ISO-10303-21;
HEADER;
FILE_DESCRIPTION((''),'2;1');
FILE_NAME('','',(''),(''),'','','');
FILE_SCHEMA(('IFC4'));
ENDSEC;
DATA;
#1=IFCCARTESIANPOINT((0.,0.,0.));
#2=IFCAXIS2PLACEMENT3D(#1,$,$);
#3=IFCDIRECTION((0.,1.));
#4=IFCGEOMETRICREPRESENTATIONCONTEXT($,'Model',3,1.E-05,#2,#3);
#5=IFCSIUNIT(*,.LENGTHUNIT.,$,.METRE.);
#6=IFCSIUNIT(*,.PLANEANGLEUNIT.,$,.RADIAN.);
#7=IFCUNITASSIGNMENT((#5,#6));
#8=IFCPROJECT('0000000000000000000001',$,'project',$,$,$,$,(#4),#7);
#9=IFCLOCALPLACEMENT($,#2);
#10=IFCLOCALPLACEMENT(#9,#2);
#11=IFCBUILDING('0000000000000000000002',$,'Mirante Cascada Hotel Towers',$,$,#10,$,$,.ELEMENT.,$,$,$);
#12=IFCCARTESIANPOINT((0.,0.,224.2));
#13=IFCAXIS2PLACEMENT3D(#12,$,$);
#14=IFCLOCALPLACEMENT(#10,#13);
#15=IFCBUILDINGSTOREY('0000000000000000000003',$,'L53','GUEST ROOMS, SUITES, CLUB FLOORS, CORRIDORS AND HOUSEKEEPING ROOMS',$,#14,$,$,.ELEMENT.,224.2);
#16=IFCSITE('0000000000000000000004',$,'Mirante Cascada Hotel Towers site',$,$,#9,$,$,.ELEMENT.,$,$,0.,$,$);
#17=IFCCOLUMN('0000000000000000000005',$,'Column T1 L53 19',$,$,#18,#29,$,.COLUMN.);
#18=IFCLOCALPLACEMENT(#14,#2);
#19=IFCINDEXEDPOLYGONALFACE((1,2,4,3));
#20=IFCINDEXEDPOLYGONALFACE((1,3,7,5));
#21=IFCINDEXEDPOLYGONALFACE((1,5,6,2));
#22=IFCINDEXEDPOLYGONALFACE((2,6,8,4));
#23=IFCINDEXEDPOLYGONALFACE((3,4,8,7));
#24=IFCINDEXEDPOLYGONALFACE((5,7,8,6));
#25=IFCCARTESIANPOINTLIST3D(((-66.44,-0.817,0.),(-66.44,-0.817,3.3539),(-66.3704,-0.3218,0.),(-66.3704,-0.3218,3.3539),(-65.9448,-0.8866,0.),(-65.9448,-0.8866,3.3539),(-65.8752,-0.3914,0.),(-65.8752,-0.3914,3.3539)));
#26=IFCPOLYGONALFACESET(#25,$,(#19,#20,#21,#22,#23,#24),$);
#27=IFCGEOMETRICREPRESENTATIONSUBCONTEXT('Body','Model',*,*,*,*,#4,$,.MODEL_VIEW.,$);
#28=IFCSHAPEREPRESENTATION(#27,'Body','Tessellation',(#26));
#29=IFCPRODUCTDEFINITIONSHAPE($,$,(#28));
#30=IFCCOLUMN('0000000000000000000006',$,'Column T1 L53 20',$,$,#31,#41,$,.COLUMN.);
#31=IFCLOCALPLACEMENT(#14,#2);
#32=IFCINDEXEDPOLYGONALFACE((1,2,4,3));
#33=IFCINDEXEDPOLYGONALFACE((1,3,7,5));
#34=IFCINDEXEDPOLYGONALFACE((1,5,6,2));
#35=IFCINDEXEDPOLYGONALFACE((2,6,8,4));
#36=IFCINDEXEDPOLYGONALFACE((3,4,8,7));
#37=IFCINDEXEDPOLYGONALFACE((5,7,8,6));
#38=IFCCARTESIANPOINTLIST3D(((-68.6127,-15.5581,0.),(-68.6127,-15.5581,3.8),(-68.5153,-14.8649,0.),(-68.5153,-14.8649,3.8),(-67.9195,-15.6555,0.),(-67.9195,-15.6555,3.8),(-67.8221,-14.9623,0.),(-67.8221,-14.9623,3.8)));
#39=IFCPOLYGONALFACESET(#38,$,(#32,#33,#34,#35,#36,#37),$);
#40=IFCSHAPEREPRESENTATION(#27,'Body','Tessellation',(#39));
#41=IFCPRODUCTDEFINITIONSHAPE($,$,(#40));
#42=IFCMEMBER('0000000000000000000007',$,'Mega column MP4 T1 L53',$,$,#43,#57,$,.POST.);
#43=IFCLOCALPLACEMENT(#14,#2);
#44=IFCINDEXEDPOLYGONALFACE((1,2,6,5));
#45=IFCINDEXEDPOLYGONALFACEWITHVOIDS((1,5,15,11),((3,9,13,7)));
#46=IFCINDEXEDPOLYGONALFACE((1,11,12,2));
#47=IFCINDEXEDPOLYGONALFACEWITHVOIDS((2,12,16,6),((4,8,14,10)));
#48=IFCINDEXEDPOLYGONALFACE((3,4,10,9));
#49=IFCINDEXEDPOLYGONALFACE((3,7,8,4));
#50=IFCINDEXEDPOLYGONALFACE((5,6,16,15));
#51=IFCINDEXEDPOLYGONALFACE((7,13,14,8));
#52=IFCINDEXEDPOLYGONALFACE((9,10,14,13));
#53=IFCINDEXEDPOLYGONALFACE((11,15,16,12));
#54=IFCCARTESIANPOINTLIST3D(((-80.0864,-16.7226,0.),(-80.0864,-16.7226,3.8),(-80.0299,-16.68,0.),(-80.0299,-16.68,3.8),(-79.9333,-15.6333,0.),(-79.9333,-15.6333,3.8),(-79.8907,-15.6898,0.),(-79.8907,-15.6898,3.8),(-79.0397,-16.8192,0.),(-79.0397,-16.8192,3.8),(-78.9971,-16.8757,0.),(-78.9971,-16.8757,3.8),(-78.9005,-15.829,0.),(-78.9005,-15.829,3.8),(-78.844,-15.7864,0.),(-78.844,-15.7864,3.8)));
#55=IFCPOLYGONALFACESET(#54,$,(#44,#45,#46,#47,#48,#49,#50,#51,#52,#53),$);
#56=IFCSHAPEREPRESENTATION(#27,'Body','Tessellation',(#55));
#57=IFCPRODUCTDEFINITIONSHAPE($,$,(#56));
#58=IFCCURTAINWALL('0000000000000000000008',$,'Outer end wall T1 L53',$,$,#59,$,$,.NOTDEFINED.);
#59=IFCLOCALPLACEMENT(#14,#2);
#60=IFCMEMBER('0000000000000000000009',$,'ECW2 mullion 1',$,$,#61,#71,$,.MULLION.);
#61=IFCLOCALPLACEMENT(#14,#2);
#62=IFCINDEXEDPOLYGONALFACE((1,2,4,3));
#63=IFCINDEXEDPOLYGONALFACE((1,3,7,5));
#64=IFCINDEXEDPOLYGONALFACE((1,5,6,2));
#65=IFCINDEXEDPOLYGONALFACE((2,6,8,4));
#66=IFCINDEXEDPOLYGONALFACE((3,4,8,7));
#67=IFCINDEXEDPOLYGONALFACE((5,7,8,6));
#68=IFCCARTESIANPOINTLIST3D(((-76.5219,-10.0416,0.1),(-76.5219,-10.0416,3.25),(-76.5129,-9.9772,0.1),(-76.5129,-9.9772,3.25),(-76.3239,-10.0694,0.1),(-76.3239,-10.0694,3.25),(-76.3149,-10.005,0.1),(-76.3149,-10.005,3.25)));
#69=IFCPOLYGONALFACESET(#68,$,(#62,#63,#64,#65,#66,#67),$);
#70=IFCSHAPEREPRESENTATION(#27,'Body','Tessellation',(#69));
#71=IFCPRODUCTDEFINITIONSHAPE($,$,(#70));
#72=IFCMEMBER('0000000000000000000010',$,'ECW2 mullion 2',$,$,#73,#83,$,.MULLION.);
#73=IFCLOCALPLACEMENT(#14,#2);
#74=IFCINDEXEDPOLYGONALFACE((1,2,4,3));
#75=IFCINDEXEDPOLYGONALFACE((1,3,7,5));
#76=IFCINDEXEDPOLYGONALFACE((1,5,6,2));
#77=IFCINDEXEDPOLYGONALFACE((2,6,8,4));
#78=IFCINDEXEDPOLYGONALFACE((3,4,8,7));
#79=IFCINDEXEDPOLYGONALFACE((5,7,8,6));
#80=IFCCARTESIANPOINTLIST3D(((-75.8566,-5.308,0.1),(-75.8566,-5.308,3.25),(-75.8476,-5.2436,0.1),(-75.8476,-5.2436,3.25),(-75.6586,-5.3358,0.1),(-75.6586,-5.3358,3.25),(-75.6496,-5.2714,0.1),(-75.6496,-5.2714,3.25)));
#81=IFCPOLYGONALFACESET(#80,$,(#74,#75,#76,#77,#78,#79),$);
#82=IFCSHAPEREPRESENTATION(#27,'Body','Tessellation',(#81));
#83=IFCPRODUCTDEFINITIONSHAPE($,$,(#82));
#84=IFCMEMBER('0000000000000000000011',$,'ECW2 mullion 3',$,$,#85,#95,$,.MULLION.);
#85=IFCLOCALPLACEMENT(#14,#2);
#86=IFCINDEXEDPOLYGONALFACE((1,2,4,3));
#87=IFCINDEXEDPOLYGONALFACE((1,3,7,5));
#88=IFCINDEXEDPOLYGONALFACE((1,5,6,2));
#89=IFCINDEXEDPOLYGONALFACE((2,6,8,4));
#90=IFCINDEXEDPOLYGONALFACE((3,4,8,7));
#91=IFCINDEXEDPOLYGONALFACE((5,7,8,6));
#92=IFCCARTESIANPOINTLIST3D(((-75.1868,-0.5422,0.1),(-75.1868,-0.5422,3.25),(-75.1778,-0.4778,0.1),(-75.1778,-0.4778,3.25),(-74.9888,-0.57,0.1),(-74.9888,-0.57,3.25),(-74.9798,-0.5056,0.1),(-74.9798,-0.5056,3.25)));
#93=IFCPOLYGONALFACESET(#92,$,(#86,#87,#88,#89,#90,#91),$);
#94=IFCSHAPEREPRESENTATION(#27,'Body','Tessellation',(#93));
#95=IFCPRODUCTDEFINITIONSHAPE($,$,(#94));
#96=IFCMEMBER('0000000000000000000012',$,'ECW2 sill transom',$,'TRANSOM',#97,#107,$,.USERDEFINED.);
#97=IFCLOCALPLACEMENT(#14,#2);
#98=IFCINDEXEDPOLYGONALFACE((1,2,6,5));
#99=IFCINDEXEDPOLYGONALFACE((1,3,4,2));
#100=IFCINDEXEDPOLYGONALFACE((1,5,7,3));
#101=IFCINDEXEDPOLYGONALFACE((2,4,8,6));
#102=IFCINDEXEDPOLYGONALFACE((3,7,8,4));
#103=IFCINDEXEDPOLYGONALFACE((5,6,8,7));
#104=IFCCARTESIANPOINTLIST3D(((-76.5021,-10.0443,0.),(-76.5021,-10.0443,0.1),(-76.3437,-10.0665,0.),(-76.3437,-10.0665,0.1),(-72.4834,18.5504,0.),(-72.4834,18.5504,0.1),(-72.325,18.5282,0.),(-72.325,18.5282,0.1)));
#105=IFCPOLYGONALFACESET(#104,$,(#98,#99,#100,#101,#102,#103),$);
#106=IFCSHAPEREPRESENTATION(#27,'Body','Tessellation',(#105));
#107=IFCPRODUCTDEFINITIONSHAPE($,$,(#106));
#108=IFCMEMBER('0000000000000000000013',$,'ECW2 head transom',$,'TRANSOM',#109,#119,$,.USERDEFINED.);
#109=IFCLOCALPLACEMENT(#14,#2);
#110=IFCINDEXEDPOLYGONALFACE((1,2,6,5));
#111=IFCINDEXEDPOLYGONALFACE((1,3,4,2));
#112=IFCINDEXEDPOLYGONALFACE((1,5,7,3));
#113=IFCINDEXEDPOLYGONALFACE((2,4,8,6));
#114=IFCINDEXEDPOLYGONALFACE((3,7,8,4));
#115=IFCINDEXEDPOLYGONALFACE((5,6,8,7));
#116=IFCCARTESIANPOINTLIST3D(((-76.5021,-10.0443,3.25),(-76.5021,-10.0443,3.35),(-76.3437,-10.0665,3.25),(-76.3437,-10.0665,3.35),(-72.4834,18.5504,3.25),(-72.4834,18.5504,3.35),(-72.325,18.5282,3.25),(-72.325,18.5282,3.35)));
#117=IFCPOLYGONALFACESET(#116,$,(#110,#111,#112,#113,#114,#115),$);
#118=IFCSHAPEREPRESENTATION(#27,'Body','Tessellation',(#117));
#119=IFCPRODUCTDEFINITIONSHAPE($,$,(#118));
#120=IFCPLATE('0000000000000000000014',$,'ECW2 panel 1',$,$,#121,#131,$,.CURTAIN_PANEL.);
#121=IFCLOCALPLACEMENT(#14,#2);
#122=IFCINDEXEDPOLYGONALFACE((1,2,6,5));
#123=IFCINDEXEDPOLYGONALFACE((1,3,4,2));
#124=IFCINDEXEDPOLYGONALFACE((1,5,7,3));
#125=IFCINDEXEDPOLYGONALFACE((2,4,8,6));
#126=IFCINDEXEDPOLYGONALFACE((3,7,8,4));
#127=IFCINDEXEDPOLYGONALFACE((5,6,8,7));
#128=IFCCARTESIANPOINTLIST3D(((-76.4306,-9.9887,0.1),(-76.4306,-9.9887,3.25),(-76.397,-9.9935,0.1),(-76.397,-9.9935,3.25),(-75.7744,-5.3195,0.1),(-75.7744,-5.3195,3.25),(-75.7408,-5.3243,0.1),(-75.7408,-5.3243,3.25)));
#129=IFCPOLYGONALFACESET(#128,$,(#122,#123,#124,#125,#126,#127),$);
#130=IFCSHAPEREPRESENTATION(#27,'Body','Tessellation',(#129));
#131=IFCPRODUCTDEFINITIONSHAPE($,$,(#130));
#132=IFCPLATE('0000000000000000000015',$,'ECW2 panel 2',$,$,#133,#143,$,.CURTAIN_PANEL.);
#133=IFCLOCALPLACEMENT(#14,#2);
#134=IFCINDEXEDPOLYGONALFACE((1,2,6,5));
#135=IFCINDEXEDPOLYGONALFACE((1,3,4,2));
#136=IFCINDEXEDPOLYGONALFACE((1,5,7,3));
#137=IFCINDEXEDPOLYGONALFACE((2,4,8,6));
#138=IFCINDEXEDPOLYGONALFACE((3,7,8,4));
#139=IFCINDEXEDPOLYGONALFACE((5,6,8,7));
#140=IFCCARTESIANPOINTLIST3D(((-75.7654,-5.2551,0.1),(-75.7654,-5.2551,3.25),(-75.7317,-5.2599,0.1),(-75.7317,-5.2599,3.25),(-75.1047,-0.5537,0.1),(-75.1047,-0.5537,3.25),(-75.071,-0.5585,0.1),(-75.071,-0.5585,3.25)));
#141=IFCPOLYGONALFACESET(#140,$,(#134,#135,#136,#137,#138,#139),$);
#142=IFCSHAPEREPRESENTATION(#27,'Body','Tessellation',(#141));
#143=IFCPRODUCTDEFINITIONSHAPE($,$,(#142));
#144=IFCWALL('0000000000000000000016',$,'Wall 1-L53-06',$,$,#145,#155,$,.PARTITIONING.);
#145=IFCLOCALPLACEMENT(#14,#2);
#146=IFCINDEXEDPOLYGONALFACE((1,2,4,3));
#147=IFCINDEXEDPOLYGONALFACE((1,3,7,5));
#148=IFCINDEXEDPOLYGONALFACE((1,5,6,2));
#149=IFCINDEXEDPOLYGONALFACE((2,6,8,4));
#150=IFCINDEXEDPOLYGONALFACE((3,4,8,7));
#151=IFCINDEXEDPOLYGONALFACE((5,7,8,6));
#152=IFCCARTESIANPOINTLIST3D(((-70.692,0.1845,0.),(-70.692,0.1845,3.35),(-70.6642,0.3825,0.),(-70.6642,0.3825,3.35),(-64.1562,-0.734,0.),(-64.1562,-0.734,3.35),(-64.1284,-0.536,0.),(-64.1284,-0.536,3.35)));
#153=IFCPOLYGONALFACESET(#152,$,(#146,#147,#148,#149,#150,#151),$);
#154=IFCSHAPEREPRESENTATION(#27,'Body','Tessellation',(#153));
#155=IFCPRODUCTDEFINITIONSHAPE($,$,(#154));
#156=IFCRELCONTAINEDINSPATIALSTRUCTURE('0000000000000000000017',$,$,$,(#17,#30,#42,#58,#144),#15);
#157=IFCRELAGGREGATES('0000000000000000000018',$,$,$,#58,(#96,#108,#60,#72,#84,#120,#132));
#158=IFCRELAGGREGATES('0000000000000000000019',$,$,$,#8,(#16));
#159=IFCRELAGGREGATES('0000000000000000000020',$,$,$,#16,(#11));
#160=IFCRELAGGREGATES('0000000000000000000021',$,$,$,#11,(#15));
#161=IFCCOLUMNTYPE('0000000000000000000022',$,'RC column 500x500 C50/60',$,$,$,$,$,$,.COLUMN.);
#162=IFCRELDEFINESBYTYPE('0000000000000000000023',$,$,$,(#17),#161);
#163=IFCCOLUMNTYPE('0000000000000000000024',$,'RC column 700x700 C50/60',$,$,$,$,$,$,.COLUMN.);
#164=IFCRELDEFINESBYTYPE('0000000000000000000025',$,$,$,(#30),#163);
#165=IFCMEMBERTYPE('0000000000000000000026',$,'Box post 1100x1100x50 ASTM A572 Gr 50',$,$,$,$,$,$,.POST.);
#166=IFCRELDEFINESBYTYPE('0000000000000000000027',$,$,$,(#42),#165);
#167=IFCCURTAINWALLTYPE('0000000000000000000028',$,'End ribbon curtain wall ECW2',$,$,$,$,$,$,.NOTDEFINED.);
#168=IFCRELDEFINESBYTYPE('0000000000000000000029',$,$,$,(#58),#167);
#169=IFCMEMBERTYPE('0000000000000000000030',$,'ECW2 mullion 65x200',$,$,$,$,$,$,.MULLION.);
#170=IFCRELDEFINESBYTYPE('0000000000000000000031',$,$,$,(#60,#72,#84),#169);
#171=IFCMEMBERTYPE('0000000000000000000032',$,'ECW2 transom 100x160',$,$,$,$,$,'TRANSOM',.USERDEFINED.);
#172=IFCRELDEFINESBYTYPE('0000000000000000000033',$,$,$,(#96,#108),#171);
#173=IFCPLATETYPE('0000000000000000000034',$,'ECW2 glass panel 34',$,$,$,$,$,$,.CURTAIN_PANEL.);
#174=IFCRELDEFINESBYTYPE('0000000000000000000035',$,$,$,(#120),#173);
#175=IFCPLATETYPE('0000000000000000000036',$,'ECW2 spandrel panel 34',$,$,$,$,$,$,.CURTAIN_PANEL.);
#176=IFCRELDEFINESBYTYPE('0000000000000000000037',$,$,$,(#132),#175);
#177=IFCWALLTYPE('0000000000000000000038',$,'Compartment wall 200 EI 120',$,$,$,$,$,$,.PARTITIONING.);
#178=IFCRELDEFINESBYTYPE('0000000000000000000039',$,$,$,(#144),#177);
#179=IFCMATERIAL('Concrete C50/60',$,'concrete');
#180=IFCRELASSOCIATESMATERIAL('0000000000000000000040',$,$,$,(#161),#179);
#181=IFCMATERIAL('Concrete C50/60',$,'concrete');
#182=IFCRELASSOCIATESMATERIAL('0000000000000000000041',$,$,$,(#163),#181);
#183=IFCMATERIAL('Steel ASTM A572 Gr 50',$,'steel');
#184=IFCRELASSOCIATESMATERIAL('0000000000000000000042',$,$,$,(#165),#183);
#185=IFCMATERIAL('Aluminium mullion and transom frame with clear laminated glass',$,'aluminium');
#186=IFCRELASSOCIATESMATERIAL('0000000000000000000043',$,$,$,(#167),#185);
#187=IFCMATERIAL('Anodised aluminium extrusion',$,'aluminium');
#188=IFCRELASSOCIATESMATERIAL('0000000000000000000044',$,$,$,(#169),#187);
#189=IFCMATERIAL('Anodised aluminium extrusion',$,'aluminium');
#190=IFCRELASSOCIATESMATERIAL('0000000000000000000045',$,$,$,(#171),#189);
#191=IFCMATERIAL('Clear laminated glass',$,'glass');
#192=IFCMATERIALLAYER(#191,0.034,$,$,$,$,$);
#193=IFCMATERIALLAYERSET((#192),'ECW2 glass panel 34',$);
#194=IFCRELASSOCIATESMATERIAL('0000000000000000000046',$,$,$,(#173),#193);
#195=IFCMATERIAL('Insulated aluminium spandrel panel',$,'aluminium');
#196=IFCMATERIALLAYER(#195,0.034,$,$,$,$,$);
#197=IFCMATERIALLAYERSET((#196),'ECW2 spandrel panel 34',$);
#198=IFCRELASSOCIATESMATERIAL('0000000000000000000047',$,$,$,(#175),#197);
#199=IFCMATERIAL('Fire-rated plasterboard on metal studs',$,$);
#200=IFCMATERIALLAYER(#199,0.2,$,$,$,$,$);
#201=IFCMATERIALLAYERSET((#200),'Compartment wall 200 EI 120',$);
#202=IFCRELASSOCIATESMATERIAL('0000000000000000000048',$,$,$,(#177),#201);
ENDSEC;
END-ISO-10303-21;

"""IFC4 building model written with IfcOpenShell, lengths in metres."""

from ifc_helpers import new_model, si_unit, direction, frame, frame_2d, origin, origin_2d, place, context, subcontext, project, spatial, rectangle, hollow_rectangle, extrude, material, layer, layer_set, material_profile, profile_set, type_object, element, aggregate, save


model = new_model("IFC4")

# Units and contexts
model_context = context("Model", 3, precision=1e-05, world=origin(), true_north=direction((0.0, 1.0)))
body_context = subcontext(model_context, "Body", "Model", "MODEL_VIEW")
ifc_project = project(units=[si_unit("LENGTHUNIT", "METRE"), si_unit("PLANEANGLEUNIT", "RADIAN")], contexts=[model_context])

# Site, building, storey
site_placement = place(None, origin())
site = spatial("IfcSite", under=ifc_project, at=site_placement, Name="Mirante Cascada Hotel Towers site", CompositionType="ELEMENT", RefElevation=0.0)
building_placement = place(site_placement, origin())
building = spatial("IfcBuilding", under=site, at=building_placement, Name="Mirante Cascada Hotel Towers", CompositionType="ELEMENT")
storey_placement = place(building_placement, frame((0.0, 0.0, 224.2)))
storey = spatial("IfcBuildingStorey", under=building, at=storey_placement, Name="L53", Description="GUEST ROOMS, SUITES, CLUB FLOORS, CORRIDORS AND HOUSEKEEPING ROOMS", CompositionType="ELEMENT", Elevation=224.2)

# Columns
ifc_material_1 = material(Name="Concrete C50/60", Category="concrete")
ifc_material_profile_1 = material_profile(ifc_material_1, rectangle(XDim=0.5, YDim=0.5, at=origin_2d()), Name="RC column 500x500 C50/60")
ifc_profile_set_1 = profile_set([ifc_material_profile_1], Name="Concrete C50/60")
column_type_1 = type_object("IfcColumnType", Name="RC column 500x500 C50/60", PredefinedType="COLUMN", material=ifc_profile_set_1)
column_1_placement = place(storey_placement, frame((-66.1576, -0.6042, 0.0), z_axis=(0.0, 0.0, 1.0), x_axis=(-0.990268, 0.139173, 0.0)))
element("IfcColumn", 1, at=column_1_placement, inside=storey, type_object=column_type_1, Name="Column T1 L53 19", PredefinedType="COLUMN", context=body_context, shape_type="SweptSolid", body=[
    extrude(rectangle(XDim=0.5, YDim=0.5, at=origin_2d()), origin(), (0.0, 0.0, 1.0), 3.3539),
])
ifc_material_2 = material(Name="Concrete C50/60", Category="concrete")
ifc_material_profile_2 = material_profile(ifc_material_2, rectangle(XDim=0.7, YDim=0.7, at=origin_2d()), Name="RC column 700x700 C50/60")
ifc_profile_set_2 = profile_set([ifc_material_profile_2], Name="Concrete C50/60")
column_type_2 = type_object("IfcColumnType", Name="RC column 700x700 C50/60", PredefinedType="COLUMN", material=ifc_profile_set_2)
column_2_placement = place(storey_placement, frame((-68.2174, -15.2602, 0.0), z_axis=(0.0, 0.0, 1.0), x_axis=(-0.990268, 0.139173, 0.0)))
element("IfcColumn", 2, at=column_2_placement, inside=storey, type_object=column_type_2, Name="Column T1 L53 20", PredefinedType="COLUMN", context=body_context, shape_type="SweptSolid", body=[
    extrude(rectangle(XDim=0.7, YDim=0.7, at=origin_2d()), origin(), (0.0, 0.0, 1.0), 3.8),
])

# Member
ifc_material_3 = material(Name="Steel ASTM A572 Gr 50", Category="steel")
ifc_material_profile_3 = material_profile(ifc_material_3, hollow_rectangle(XDim=1.1, YDim=1.1, WallThickness=0.05, at=origin_2d()), Name="Box post 1100x1100x50 ASTM A572 Gr 50")
ifc_profile_set_3 = profile_set([ifc_material_profile_3], Name="Steel ASTM A572 Gr 50")
member_type_1 = type_object("IfcMemberType", Name="Box post 1100x1100x50 ASTM A572 Gr 50", PredefinedType="POST", material=ifc_profile_set_3)
member_1_placement = place(storey_placement, frame((-79.4652, -16.2545, 0.0), z_axis=(0.0, 0.0, 1.0), x_axis=(-0.990268, 0.139173, 0.0)))
element("IfcMember", 3, at=member_1_placement, inside=storey, type_object=member_type_1, Name="Mega column MP4 T1 L53", PredefinedType="POST", context=body_context, shape_type="SweptSolid", body=[
    extrude(hollow_rectangle(XDim=1.1, YDim=1.1, WallThickness=0.05, at=origin_2d()), origin(), (0.0, 0.0, 1.0), 3.8),
])

# Curtain wall, members, plates
ifc_material_4 = material(Name="Aluminium mullion and transom frame with clear laminated glass", Category="aluminium")
curtain_wall_type = type_object("IfcCurtainWallType", Name="End ribbon curtain wall ECW2", PredefinedType="NOTDEFINED", material=ifc_material_4)
curtain_wall_placement = place(storey_placement, origin())
curtain_wall = element("IfcCurtainWall", 4, at=curtain_wall_placement, inside=storey, type_object=curtain_wall_type, Name="Outer end wall T1 L53", PredefinedType="NOTDEFINED")
ifc_material_5 = material(Name="Anodised aluminium extrusion", Category="aluminium")
ifc_material_profile_4 = material_profile(ifc_material_5, rectangle(XDim=0.2, YDim=0.065, at=origin_2d()), Name="ECW2 MULLION 65x200")
ifc_profile_set_4 = profile_set([ifc_material_profile_4], Name="Anodised aluminium extrusion")
member_type_2 = type_object("IfcMemberType", Name="ECW2 mullion 65x200", PredefinedType="MULLION", material=ifc_profile_set_4)
member_2_placement = place(storey_placement, frame((-76.4184, -10.0233, 0.1), z_axis=(0.0, 0.0, 1.0), x_axis=(-0.990268, 0.139173, 0.0)))
member_2 = element("IfcMember", 5, at=member_2_placement, type_object=member_type_2, Name="ECW2 mullion 1", PredefinedType="MULLION", context=body_context, shape_type="SweptSolid", body=[
    extrude(rectangle(XDim=0.2, YDim=0.065, at=origin_2d()), origin(), (0.0, 0.0, 1.0), 3.15),
])
member_3_placement = place(storey_placement, frame((-75.7531, -5.2897, 0.1), z_axis=(0.0, 0.0, 1.0), x_axis=(-0.990268, 0.139173, 0.0)))
member_3 = element("IfcMember", 6, at=member_3_placement, type_object=member_type_2, Name="ECW2 mullion 2", PredefinedType="MULLION", context=body_context, shape_type="SweptSolid", body=[
    extrude(rectangle(XDim=0.2, YDim=0.065, at=origin_2d()), origin(), (0.0, 0.0, 1.0), 3.15),
])
member_4_placement = place(storey_placement, frame((-75.0833, -0.5239, 0.1), z_axis=(0.0, 0.0, 1.0), x_axis=(-0.990268, 0.139173, 0.0)))
member_4 = element("IfcMember", 7, at=member_4_placement, type_object=member_type_2, Name="ECW2 mullion 3", PredefinedType="MULLION", context=body_context, shape_type="SweptSolid", body=[
    extrude(rectangle(XDim=0.2, YDim=0.065, at=origin_2d()), origin(), (0.0, 0.0, 1.0), 3.15),
])
ifc_material_6 = material(Name="Anodised aluminium extrusion", Category="aluminium")
ifc_material_profile_5 = material_profile(ifc_material_6, rectangle(XDim=0.16, YDim=0.1, at=origin_2d()), Name="ECW2 TRANSOM 100x160")
ifc_profile_set_5 = profile_set([ifc_material_profile_5], Name="Anodised aluminium extrusion")
member_type_3 = type_object("IfcMemberType", Name="ECW2 transom 100x160", ElementType="TRANSOM", PredefinedType="USERDEFINED", material=ifc_profile_set_5)
member_5_placement = place(storey_placement, frame((-76.4229, -10.0554, 0.05), z_axis=(0.139172, 0.990268, 0.0), x_axis=(-0.990268, 0.139172, 0.0)))
member_5 = element("IfcMember", 8, at=member_5_placement, type_object=member_type_3, Name="ECW2 sill transom", ObjectType="TRANSOM", PredefinedType="USERDEFINED", context=body_context, shape_type="SweptSolid", body=[
    extrude(rectangle(XDim=0.16, YDim=0.1, at=origin_2d()), origin(), (0.0, 0.0, 1.0), 28.8757),
])
member_6_placement = place(storey_placement, frame((-76.4229, -10.0554, 3.3), z_axis=(0.139172, 0.990268, 0.0), x_axis=(-0.990268, 0.139172, 0.0)))
member_6 = element("IfcMember", 9, at=member_6_placement, type_object=member_type_3, Name="ECW2 head transom", ObjectType="TRANSOM", PredefinedType="USERDEFINED", context=body_context, shape_type="SweptSolid", body=[
    extrude(rectangle(XDim=0.16, YDim=0.1, at=origin_2d()), origin(), (0.0, 0.0, 1.0), 28.8757),
])
ifc_material_7 = material(Name="Clear laminated glass", Category="glass")
ifc_layer_1 = layer(ifc_material_7, 0.034)
ifc_layer_set_1 = layer_set([ifc_layer_1], Name="ECW2 glass panel 34")
plate_type_1 = type_object("IfcPlateType", Name="ECW2 glass panel 34", PredefinedType="CURTAIN_PANEL", material=ifc_layer_set_1)
plate_1_placement = place(storey_placement, frame((-76.0857, -7.6565, 0.1), z_axis=(0.0, 0.0, 1.0), x_axis=(0.139173, 0.990268, 0.0)))
plate_1 = element("IfcPlate", 10, at=plate_1_placement, type_object=plate_type_1, Name="ECW2 panel 1", PredefinedType="CURTAIN_PANEL", context=body_context, shape_type="SweptSolid", body=[
    extrude(rectangle(XDim=4.7151, YDim=0.034, at=origin_2d()), origin(), (0.0, 0.0, 1.0), 3.15),
])
ifc_material_8 = material(Name="Insulated aluminium spandrel panel", Category="aluminium")
ifc_layer_2 = layer(ifc_material_8, 0.034)
ifc_layer_set_2 = layer_set([ifc_layer_2], Name="ECW2 spandrel panel 34")
plate_type_2 = type_object("IfcPlateType", Name="ECW2 spandrel panel 34", PredefinedType="CURTAIN_PANEL", material=ifc_layer_set_2)
plate_2_placement = place(storey_placement, frame((-75.4182, -2.9068, 0.1), z_axis=(0.0, 0.0, 1.0), x_axis=(0.139173, 0.990268, 0.0)))
plate_2 = element("IfcPlate", 11, at=plate_2_placement, type_object=plate_type_2, Name="ECW2 panel 2", PredefinedType="CURTAIN_PANEL", context=body_context, shape_type="SweptSolid", body=[
    extrude(rectangle(XDim=4.7476, YDim=0.034, at=origin_2d()), origin(), (0.0, 0.0, 1.0), 3.15),
])
aggregate(curtain_wall, [member_5, member_6, member_2, member_3, member_4, plate_1, plate_2])

# Wall
ifc_material_9 = material(Name="Fire-rated plasterboard on metal studs")
ifc_layer_3 = layer(ifc_material_9, 0.2)
ifc_layer_set_3 = layer_set([ifc_layer_3], Name="Compartment wall 200 EI 120")
wall_type_1 = type_object("IfcWallType", Name="Compartment wall 200 EI 120", PredefinedType="PARTITIONING", material=ifc_layer_set_3)
wall_1_placement = place(storey_placement, frame((-64.1423, -0.635, 0.0), z_axis=(0.0, 0.0, 1.0), x_axis=(-0.990269, 0.139166, 0.0)))
element("IfcWall", 12, at=wall_1_placement, inside=storey, type_object=wall_type_1, Name="Wall 1-L53-06", PredefinedType="PARTITIONING", context=body_context, shape_type="SweptSolid", body=[
    extrude(rectangle(XDim=6.6, YDim=0.2, at=frame_2d((3.3, 0.0))), origin(), (0.0, 0.0, 1.0), 3.35),
])

save(model, "model.ifc")
